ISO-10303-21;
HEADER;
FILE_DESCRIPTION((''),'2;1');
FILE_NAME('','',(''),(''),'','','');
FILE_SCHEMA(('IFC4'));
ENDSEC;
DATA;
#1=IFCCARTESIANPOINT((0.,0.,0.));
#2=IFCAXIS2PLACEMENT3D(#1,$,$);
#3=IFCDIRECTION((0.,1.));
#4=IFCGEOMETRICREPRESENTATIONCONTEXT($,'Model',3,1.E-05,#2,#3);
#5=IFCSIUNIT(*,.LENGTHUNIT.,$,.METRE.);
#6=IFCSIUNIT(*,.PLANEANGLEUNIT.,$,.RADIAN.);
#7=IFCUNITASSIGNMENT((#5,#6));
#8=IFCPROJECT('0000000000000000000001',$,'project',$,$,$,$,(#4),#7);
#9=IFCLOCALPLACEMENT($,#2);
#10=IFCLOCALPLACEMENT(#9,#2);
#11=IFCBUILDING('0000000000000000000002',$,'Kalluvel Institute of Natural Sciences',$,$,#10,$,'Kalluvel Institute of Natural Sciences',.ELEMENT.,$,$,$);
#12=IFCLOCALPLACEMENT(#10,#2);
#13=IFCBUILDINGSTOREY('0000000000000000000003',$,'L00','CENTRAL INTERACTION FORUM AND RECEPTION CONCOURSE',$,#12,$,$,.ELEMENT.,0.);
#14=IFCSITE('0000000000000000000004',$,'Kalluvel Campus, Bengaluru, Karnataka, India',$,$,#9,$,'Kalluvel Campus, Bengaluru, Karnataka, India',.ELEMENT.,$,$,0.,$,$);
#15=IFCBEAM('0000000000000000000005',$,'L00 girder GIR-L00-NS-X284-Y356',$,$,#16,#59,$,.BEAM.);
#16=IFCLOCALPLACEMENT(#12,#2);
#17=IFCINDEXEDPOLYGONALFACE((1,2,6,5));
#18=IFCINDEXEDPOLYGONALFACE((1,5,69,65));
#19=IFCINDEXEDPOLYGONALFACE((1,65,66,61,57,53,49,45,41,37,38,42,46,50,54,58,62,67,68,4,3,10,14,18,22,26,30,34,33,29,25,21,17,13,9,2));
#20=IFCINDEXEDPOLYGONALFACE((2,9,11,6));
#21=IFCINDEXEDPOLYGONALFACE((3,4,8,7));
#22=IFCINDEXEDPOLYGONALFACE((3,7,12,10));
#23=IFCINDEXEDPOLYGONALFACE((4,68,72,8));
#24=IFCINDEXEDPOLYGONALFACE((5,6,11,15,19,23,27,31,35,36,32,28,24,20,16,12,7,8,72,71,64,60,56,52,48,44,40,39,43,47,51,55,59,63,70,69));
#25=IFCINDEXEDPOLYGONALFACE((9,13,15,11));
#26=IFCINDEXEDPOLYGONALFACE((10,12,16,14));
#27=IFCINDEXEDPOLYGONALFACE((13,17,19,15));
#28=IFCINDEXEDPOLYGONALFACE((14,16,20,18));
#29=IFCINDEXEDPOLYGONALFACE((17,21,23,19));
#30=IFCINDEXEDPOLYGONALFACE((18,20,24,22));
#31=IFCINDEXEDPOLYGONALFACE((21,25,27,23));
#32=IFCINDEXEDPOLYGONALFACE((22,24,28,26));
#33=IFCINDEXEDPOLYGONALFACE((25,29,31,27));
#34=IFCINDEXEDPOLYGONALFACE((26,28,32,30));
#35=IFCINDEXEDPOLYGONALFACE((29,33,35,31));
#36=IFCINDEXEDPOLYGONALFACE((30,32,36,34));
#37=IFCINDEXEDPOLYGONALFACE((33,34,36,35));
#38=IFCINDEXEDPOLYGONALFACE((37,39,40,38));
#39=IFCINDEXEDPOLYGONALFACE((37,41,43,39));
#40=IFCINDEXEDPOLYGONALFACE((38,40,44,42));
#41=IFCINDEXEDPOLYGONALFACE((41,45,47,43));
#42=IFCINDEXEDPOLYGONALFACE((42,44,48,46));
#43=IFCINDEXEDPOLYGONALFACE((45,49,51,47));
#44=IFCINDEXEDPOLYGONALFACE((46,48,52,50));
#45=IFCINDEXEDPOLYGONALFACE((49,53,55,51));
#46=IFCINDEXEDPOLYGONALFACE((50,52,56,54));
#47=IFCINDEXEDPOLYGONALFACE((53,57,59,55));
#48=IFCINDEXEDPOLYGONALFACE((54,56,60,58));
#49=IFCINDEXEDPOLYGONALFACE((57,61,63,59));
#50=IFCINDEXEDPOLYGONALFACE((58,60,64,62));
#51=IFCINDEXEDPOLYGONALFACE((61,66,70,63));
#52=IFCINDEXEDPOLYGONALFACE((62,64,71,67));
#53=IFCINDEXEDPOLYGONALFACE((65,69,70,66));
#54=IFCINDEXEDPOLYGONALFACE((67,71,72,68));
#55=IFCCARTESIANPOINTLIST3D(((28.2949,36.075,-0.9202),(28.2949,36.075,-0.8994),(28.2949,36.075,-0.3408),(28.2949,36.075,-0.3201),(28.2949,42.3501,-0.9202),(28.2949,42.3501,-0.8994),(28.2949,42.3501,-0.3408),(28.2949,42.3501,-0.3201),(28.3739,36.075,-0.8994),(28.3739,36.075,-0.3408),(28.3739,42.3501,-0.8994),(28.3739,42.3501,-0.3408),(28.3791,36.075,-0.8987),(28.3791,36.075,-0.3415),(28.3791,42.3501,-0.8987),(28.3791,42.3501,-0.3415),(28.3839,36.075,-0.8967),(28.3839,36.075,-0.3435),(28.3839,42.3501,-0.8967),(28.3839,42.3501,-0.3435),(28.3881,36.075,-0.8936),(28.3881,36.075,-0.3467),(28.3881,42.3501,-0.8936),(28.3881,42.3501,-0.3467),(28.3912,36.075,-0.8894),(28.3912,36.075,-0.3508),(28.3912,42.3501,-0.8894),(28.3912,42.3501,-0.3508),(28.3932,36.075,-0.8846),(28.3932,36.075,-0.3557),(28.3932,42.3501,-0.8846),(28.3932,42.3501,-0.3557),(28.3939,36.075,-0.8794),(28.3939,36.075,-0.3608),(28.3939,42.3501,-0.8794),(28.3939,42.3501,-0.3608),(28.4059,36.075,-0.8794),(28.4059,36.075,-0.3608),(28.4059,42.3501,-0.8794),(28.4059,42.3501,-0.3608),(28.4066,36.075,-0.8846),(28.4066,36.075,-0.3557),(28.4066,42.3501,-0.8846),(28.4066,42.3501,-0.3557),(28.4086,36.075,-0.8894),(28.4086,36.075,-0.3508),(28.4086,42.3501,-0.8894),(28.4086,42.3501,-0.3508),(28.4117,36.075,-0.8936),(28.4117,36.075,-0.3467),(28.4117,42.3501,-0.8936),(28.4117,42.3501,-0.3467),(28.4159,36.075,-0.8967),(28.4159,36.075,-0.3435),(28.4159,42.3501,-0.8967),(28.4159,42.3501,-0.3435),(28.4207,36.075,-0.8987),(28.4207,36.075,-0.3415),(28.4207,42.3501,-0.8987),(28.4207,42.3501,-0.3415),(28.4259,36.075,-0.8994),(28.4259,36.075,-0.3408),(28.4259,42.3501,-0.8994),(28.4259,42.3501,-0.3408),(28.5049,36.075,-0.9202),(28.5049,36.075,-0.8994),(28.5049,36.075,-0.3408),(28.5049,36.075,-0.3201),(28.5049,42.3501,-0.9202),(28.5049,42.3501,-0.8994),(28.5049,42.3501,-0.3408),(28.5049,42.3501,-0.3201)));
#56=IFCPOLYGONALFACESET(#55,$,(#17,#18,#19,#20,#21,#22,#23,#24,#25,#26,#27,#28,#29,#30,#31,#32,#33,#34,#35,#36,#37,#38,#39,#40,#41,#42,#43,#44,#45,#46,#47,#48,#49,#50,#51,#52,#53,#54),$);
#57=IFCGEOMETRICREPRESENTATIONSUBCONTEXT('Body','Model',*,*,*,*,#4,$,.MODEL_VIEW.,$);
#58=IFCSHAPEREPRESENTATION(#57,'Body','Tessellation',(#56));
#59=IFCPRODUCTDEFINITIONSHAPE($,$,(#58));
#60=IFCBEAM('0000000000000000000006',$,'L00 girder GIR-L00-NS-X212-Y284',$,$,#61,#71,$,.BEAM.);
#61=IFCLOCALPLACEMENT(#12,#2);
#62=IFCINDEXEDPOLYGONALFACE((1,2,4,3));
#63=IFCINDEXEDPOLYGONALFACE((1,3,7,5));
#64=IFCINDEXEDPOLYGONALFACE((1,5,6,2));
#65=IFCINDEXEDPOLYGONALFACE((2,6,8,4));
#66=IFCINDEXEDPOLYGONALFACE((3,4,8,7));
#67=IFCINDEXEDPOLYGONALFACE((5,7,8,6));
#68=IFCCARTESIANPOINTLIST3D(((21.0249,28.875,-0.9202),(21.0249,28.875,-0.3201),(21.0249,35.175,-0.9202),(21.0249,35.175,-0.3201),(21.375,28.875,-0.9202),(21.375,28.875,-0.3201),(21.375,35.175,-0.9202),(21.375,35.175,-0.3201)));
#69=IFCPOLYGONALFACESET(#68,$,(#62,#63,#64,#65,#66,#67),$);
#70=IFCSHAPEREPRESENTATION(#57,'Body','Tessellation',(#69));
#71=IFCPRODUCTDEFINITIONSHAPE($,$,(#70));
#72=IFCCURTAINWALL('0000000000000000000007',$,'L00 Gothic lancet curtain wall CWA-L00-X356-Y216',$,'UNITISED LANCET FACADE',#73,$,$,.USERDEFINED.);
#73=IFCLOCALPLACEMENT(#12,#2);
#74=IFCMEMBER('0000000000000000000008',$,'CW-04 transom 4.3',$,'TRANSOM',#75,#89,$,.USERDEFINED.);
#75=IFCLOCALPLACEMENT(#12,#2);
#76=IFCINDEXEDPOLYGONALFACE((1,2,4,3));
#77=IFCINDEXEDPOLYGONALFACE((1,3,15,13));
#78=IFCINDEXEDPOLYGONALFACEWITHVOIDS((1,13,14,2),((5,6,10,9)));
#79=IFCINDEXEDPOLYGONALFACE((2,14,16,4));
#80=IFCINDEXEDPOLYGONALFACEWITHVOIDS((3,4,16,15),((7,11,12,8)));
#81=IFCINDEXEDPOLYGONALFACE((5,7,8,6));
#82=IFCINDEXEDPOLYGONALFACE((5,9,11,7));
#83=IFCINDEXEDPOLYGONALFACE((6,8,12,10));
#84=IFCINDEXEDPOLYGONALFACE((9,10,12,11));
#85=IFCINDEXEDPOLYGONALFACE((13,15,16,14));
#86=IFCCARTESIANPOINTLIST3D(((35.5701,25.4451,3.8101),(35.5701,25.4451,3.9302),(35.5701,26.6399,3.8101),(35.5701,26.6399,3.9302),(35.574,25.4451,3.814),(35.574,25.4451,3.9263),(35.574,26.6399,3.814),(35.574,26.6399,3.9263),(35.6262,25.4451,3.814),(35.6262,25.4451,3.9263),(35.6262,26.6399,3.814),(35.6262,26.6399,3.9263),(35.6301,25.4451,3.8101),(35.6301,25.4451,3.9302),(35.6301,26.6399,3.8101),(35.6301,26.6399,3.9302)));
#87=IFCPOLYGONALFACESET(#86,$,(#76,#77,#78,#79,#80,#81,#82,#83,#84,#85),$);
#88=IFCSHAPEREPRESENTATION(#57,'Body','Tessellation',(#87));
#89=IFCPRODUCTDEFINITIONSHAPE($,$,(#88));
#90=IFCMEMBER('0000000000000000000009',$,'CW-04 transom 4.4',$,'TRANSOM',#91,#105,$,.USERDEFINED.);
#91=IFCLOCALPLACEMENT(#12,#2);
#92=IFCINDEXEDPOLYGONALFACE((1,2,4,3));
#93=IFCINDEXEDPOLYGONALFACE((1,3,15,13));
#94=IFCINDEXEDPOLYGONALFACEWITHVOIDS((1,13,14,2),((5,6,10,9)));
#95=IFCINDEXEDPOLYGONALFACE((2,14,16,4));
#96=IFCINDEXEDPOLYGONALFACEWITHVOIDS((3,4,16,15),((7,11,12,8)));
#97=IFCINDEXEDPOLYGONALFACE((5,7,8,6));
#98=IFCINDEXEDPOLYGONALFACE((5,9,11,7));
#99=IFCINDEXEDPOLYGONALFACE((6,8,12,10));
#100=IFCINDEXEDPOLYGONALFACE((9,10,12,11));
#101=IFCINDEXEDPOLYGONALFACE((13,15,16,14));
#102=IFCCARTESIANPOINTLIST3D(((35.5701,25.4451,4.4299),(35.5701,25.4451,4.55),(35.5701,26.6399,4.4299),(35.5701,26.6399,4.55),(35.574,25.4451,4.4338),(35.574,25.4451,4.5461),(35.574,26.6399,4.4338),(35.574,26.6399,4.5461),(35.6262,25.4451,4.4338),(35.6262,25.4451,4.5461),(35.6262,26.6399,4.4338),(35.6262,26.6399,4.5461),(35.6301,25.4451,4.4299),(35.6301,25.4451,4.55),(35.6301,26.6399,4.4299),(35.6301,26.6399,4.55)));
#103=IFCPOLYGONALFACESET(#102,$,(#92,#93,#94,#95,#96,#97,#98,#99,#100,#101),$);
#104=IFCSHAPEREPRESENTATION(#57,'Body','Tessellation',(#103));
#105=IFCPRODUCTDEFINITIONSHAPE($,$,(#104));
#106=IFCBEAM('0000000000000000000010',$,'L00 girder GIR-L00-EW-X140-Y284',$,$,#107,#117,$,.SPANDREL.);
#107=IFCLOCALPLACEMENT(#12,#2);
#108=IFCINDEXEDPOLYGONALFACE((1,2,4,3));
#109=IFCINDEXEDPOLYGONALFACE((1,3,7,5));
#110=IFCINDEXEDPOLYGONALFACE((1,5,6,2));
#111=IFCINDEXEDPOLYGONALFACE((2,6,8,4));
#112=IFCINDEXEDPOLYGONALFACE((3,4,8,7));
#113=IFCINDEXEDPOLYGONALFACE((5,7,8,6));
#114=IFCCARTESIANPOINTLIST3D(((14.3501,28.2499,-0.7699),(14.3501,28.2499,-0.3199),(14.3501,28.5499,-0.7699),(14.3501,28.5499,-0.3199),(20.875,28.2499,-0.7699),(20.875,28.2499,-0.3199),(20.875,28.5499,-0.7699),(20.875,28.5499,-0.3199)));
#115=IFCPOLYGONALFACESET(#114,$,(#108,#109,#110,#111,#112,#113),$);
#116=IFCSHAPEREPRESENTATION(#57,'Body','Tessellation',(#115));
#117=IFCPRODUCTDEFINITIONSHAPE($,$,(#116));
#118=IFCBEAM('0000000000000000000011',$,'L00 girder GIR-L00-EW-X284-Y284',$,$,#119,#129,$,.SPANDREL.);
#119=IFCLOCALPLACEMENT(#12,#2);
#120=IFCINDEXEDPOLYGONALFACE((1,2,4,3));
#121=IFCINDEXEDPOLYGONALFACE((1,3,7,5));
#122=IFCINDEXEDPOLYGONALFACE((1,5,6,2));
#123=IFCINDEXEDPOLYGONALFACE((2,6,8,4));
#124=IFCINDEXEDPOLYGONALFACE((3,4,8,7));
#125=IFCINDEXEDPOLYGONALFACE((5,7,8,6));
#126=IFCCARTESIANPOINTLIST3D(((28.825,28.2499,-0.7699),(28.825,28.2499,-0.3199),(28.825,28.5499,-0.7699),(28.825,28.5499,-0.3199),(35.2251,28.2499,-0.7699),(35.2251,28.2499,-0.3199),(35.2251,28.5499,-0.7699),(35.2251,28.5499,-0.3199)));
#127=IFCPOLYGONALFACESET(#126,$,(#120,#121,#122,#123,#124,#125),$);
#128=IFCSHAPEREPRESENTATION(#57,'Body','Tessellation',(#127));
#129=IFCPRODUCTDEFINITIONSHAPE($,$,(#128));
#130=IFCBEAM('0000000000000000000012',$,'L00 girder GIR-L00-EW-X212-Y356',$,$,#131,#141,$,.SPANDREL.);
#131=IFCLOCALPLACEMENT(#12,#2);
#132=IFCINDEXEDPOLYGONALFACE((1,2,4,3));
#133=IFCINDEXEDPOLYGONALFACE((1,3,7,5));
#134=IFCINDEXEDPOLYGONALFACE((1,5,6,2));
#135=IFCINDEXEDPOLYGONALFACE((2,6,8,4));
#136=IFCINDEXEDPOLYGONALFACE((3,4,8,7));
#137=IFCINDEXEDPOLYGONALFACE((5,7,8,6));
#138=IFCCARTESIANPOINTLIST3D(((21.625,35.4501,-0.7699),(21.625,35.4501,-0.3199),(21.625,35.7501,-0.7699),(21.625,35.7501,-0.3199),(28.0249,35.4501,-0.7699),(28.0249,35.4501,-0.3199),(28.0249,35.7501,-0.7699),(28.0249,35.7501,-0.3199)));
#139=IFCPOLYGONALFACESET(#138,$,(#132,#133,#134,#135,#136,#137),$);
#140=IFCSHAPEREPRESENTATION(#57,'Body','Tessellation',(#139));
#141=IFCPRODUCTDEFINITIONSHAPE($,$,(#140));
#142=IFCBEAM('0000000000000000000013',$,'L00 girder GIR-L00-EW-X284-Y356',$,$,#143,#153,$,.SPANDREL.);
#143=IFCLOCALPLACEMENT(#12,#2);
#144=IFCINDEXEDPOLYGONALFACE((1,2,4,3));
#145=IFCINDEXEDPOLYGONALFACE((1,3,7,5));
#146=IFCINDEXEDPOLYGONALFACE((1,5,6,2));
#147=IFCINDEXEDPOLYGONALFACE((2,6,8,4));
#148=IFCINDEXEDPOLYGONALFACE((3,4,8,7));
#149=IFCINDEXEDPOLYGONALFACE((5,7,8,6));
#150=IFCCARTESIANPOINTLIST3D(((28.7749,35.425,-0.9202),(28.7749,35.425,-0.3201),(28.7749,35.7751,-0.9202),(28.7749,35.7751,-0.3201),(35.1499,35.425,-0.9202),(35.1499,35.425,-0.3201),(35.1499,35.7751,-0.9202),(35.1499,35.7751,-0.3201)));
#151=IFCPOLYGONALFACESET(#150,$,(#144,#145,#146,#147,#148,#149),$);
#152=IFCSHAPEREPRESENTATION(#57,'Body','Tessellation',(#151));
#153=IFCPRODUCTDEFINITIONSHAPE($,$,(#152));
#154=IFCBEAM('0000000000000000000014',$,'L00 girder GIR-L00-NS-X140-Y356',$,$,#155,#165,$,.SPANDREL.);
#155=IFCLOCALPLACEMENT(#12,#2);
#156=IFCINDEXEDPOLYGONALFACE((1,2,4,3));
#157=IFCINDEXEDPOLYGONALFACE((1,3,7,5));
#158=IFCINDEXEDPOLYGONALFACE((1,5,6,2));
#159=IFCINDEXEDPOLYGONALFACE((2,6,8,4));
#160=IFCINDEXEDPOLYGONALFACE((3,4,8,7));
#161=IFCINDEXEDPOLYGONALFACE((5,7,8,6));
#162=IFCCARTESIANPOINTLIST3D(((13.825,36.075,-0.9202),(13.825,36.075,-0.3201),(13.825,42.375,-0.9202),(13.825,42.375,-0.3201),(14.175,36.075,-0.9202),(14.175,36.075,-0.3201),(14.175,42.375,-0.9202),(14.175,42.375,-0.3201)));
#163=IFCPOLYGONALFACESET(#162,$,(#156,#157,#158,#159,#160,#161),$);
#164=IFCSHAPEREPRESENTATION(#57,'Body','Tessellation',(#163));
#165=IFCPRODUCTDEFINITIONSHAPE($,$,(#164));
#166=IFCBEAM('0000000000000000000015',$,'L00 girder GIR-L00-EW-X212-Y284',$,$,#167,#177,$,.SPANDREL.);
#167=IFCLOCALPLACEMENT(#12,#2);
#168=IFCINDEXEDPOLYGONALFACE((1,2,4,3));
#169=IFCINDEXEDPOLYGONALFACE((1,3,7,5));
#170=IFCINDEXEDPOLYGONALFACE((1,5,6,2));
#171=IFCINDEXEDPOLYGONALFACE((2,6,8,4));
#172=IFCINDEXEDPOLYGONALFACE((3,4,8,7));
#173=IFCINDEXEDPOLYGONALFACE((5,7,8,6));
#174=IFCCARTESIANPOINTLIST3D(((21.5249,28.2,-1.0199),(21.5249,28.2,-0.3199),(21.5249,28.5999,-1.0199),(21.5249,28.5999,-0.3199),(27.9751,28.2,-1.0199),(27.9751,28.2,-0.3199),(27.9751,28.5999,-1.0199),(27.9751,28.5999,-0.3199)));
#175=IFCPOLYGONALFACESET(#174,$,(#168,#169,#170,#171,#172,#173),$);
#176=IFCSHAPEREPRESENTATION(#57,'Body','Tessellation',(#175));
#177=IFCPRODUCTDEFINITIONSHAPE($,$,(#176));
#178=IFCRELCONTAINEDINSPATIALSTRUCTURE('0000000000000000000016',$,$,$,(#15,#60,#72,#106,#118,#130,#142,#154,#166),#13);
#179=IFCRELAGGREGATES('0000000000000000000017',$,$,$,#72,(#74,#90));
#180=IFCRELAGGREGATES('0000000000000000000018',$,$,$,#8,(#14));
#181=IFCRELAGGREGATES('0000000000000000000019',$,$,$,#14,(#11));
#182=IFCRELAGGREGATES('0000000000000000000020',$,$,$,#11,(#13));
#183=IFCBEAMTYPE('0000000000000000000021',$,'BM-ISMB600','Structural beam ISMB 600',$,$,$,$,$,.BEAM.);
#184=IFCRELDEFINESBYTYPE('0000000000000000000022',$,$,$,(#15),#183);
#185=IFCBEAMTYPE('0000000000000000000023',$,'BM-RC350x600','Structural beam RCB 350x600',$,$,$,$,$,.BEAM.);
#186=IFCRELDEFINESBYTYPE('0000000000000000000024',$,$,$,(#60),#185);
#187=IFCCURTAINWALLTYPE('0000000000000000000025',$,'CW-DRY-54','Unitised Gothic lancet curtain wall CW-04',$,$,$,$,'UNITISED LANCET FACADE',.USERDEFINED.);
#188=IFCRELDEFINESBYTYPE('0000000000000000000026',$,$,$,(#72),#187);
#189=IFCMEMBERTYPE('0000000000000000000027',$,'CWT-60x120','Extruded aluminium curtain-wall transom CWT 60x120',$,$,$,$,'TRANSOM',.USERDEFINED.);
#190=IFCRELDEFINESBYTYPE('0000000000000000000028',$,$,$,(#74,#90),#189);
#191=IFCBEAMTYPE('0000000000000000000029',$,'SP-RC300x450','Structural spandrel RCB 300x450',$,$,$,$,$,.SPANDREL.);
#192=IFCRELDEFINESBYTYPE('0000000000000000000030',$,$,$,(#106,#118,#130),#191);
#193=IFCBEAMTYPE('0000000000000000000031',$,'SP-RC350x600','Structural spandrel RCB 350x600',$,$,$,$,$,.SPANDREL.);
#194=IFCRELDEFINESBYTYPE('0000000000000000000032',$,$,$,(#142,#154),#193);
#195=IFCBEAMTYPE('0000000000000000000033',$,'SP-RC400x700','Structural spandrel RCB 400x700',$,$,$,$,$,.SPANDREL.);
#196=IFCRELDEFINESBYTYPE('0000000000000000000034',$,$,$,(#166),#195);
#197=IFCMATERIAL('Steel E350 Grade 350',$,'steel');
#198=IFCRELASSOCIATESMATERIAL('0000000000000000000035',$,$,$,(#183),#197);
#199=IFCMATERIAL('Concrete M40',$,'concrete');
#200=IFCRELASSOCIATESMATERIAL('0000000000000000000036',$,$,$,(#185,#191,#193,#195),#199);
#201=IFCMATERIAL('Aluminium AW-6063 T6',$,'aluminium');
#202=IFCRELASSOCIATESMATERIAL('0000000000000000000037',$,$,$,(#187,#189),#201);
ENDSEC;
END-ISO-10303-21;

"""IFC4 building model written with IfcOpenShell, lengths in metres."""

from ifc_helpers import new_model, si_unit, direction, frame, origin, origin_2d, place, context, subcontext, project, spatial, rectangle, hollow_rectangle, i_section, extrude, material, material_profile, profile_set, type_object, element, aggregate, save


model = new_model("IFC4")

# Units and contexts
model_context = context("Model", 3, precision=1e-05, world=origin(), true_north=direction((0.0, 1.0)))
body_context = subcontext(model_context, "Body", "Model", "MODEL_VIEW")
ifc_project = project(units=[si_unit("LENGTHUNIT", "METRE"), si_unit("PLANEANGLEUNIT", "RADIAN")], contexts=[model_context])

# Site, building, storey
site_placement = place(None, origin())
site = spatial("IfcSite", under=ifc_project, at=site_placement, Name="Kalluvel Campus, Bengaluru, Karnataka, India", LongName="Kalluvel Campus, Bengaluru, Karnataka, India", CompositionType="ELEMENT", RefElevation=0.0)
building_placement = place(site_placement, origin())
building = spatial("IfcBuilding", under=site, at=building_placement, Name="Kalluvel Institute of Natural Sciences", LongName="Kalluvel Institute of Natural Sciences", CompositionType="ELEMENT")
storey_placement = place(building_placement, origin())
storey = spatial("IfcBuildingStorey", under=building, at=storey_placement, Name="L00", Description="CENTRAL INTERACTION FORUM AND RECEPTION CONCOURSE", CompositionType="ELEMENT", Elevation=0.0)

# Beams
ifc_material_1 = material(Name="Steel E350 Grade 350", Category="steel")
ifc_material_profile_1 = material_profile(ifc_material_1, i_section(OverallWidth=0.21, OverallDepth=0.6001, WebThickness=0.012, FlangeThickness=0.0208, FilletRadius=0.02, at=origin_2d()), Name="ISMB 600")
ifc_profile_set_1 = profile_set([ifc_material_profile_1], Name="Steel E350 Grade 350")
beam_type_1 = type_object("IfcBeamType", Name="BM-ISMB600", Description="Structural beam ISMB 600", PredefinedType="BEAM", material=ifc_profile_set_1)
beam_1_placement = place(storey_placement, frame((28.3999, 36.075, -0.6201), z_axis=(0.0, 1.0, 0.0), x_axis=(-1.0, 0.0, 0.0)))
element("IfcBeam", 1, at=beam_1_placement, inside=storey, type_object=beam_type_1, Name="L00 girder GIR-L00-NS-X284-Y356", PredefinedType="BEAM", context=body_context, shape_type="SweptSolid", body=[
    extrude(i_section(OverallWidth=0.21, OverallDepth=0.6001, WebThickness=0.012, FlangeThickness=0.0208, FilletRadius=0.02, at=origin_2d()), origin(), (0.0, 0.0, 1.0), 6.2751),
])
ifc_material_2 = material(Name="Concrete M40", Category="concrete")
ifc_material_profile_2 = material_profile(ifc_material_2, rectangle(XDim=0.3501, YDim=0.6001, at=origin_2d()), Name="RCB 350x600")
ifc_profile_set_2 = profile_set([ifc_material_profile_2], Name="Concrete M40")
beam_type_2 = type_object("IfcBeamType", Name="BM-RC350x600", Description="Structural beam RCB 350x600", PredefinedType="BEAM", material=ifc_profile_set_2)
beam_2_placement = place(storey_placement, frame((21.2, 28.875, -0.6201), z_axis=(0.0, 1.0, 0.0), x_axis=(-1.0, 0.0, 0.0)))
element("IfcBeam", 2, at=beam_2_placement, inside=storey, type_object=beam_type_2, Name="L00 girder GIR-L00-NS-X212-Y284", PredefinedType="BEAM", context=body_context, shape_type="SweptSolid", body=[
    extrude(rectangle(XDim=0.3501, YDim=0.6001, at=origin_2d()), origin(), (0.0, 0.0, 1.0), 6.3),
])

# Curtain wall, members
ifc_material_3 = material(Name="Aluminium AW-6063 T6", Category="aluminium")
curtain_wall_type = type_object("IfcCurtainWallType", Name="CW-DRY-54", Description="Unitised Gothic lancet curtain wall CW-04", ElementType="UNITISED LANCET FACADE", PredefinedType="USERDEFINED", material=ifc_material_3)
curtain_wall_placement = place(storey_placement, origin())
curtain_wall = element("IfcCurtainWall", 3, at=curtain_wall_placement, inside=storey, type_object=curtain_wall_type, Name="L00 Gothic lancet curtain wall CWA-L00-X356-Y216", ObjectType="UNITISED LANCET FACADE", PredefinedType="USERDEFINED")
ifc_material_profile_3 = material_profile(ifc_material_3, hollow_rectangle(XDim=0.0601, YDim=0.1201, WallThickness=0.0039, at=origin_2d()), Name="CWT 60x120")
ifc_profile_set_3 = profile_set([ifc_material_profile_3], Name="Aluminium AW-6063 T6")
member_type = type_object("IfcMemberType", Name="CWT-60x120", Description="Extruded aluminium curtain-wall transom CWT 60x120", ElementType="TRANSOM", PredefinedType="USERDEFINED", material=ifc_profile_set_3)
member_1_placement = place(storey_placement, frame((35.6001, 25.4451, 3.8701), z_axis=(0.0, 1.0, 0.0), x_axis=(-1.0, 0.0, 0.0)))
member_1 = element("IfcMember", 4, at=member_1_placement, type_object=member_type, Name="CW-04 transom 4.3", ObjectType="TRANSOM", PredefinedType="USERDEFINED", context=body_context, shape_type="SweptSolid", body=[
    extrude(hollow_rectangle(XDim=0.0601, YDim=0.1201, WallThickness=0.0039, at=origin_2d()), origin(), (0.0, 0.0, 1.0), 1.1948),
])
member_2_placement = place(storey_placement, frame((35.6001, 25.4451, 4.49), z_axis=(0.0, 1.0, 0.0), x_axis=(-1.0, 0.0, 0.0)))
member_2 = element("IfcMember", 5, at=member_2_placement, type_object=member_type, Name="CW-04 transom 4.4", ObjectType="TRANSOM", PredefinedType="USERDEFINED", context=body_context, shape_type="SweptSolid", body=[
    extrude(hollow_rectangle(XDim=0.0601, YDim=0.1201, WallThickness=0.0039, at=origin_2d()), origin(), (0.0, 0.0, 1.0), 1.1948),
])

# Beams
ifc_material_profile_4 = material_profile(ifc_material_2, rectangle(XDim=0.3, YDim=0.45, at=origin_2d()), Name="RCB 300x450")
ifc_profile_set_4 = profile_set([ifc_material_profile_4], Name="Concrete M40")
beam_type_3 = type_object("IfcBeamType", Name="SP-RC300x450", Description="Structural spandrel RCB 300x450", PredefinedType="SPANDREL", material=ifc_profile_set_4)
beam_3_placement = place(storey_placement, frame((14.3501, 28.3999, -0.5449), z_axis=(1.0, 0.0, 0.0), x_axis=(0.0, 1.0, 0.0)))
element("IfcBeam", 6, at=beam_3_placement, inside=storey, type_object=beam_type_3, Name="L00 girder GIR-L00-EW-X140-Y284", PredefinedType="SPANDREL", context=body_context, shape_type="SweptSolid", body=[
    extrude(rectangle(XDim=0.3, YDim=0.45, at=origin_2d()), origin(), (0.0, 0.0, 1.0), 6.5249),
])
beam_4_placement = place(storey_placement, frame((28.825, 28.3999, -0.5449), z_axis=(1.0, 0.0, 0.0), x_axis=(0.0, 1.0, 0.0)))
element("IfcBeam", 7, at=beam_4_placement, inside=storey, type_object=beam_type_3, Name="L00 girder GIR-L00-EW-X284-Y284", PredefinedType="SPANDREL", context=body_context, shape_type="SweptSolid", body=[
    extrude(rectangle(XDim=0.3, YDim=0.45, at=origin_2d()), origin(), (0.0, 0.0, 1.0), 6.4001),
])
beam_5_placement = place(storey_placement, frame((21.625, 35.6001, -0.5449), z_axis=(1.0, 0.0, 0.0), x_axis=(0.0, 1.0, 0.0)))
element("IfcBeam", 8, at=beam_5_placement, inside=storey, type_object=beam_type_3, Name="L00 girder GIR-L00-EW-X212-Y356", PredefinedType="SPANDREL", context=body_context, shape_type="SweptSolid", body=[
    extrude(rectangle(XDim=0.3, YDim=0.45, at=origin_2d()), origin(), (0.0, 0.0, 1.0), 6.3999),
])
ifc_material_profile_5 = material_profile(ifc_material_2, rectangle(XDim=0.3501, YDim=0.6001, at=origin_2d()), Name="RCB 350x600")
ifc_profile_set_5 = profile_set([ifc_material_profile_5], Name="Concrete M40")
beam_type_4 = type_object("IfcBeamType", Name="SP-RC350x600", Description="Structural spandrel RCB 350x600", PredefinedType="SPANDREL", material=ifc_profile_set_5)
beam_6_placement = place(storey_placement, frame((28.7749, 35.6001, -0.6201), z_axis=(1.0, 0.0, 0.0), x_axis=(0.0, 1.0, 0.0)))
element("IfcBeam", 9, at=beam_6_placement, inside=storey, type_object=beam_type_4, Name="L00 girder GIR-L00-EW-X284-Y356", PredefinedType="SPANDREL", context=body_context, shape_type="SweptSolid", body=[
    extrude(rectangle(XDim=0.3501, YDim=0.6001, at=origin_2d()), origin(), (0.0, 0.0, 1.0), 6.375),
])
beam_7_placement = place(storey_placement, frame((14.0, 36.075, -0.6201), z_axis=(0.0, 1.0, 0.0), x_axis=(-1.0, 0.0, 0.0)))
element("IfcBeam", 10, at=beam_7_placement, inside=storey, type_object=beam_type_4, Name="L00 girder GIR-L00-NS-X140-Y356", PredefinedType="SPANDREL", context=body_context, shape_type="SweptSolid", body=[
    extrude(rectangle(XDim=0.3501, YDim=0.6001, at=origin_2d()), origin(), (0.0, 0.0, 1.0), 6.3),
])
ifc_material_profile_6 = material_profile(ifc_material_2, rectangle(XDim=0.3999, YDim=0.7, at=origin_2d()), Name="RCB 400x700")
ifc_profile_set_6 = profile_set([ifc_material_profile_6], Name="Concrete M40")
beam_type_5 = type_object("IfcBeamType", Name="SP-RC400x700", Description="Structural spandrel RCB 400x700", PredefinedType="SPANDREL", material=ifc_profile_set_6)
beam_8_placement = place(storey_placement, frame((21.5249, 28.3999, -0.6699), z_axis=(1.0, 0.0, 0.0), x_axis=(0.0, 1.0, 0.0)))
element("IfcBeam", 11, at=beam_8_placement, inside=storey, type_object=beam_type_5, Name="L00 girder GIR-L00-EW-X212-Y284", PredefinedType="SPANDREL", context=body_context, shape_type="SweptSolid", body=[
    extrude(rectangle(XDim=0.3999, YDim=0.7, at=origin_2d()), origin(), (0.0, 0.0, 1.0), 6.4502),
])

aggregate(curtain_wall, [member_1, member_2])

save(model, "model.ifc")
